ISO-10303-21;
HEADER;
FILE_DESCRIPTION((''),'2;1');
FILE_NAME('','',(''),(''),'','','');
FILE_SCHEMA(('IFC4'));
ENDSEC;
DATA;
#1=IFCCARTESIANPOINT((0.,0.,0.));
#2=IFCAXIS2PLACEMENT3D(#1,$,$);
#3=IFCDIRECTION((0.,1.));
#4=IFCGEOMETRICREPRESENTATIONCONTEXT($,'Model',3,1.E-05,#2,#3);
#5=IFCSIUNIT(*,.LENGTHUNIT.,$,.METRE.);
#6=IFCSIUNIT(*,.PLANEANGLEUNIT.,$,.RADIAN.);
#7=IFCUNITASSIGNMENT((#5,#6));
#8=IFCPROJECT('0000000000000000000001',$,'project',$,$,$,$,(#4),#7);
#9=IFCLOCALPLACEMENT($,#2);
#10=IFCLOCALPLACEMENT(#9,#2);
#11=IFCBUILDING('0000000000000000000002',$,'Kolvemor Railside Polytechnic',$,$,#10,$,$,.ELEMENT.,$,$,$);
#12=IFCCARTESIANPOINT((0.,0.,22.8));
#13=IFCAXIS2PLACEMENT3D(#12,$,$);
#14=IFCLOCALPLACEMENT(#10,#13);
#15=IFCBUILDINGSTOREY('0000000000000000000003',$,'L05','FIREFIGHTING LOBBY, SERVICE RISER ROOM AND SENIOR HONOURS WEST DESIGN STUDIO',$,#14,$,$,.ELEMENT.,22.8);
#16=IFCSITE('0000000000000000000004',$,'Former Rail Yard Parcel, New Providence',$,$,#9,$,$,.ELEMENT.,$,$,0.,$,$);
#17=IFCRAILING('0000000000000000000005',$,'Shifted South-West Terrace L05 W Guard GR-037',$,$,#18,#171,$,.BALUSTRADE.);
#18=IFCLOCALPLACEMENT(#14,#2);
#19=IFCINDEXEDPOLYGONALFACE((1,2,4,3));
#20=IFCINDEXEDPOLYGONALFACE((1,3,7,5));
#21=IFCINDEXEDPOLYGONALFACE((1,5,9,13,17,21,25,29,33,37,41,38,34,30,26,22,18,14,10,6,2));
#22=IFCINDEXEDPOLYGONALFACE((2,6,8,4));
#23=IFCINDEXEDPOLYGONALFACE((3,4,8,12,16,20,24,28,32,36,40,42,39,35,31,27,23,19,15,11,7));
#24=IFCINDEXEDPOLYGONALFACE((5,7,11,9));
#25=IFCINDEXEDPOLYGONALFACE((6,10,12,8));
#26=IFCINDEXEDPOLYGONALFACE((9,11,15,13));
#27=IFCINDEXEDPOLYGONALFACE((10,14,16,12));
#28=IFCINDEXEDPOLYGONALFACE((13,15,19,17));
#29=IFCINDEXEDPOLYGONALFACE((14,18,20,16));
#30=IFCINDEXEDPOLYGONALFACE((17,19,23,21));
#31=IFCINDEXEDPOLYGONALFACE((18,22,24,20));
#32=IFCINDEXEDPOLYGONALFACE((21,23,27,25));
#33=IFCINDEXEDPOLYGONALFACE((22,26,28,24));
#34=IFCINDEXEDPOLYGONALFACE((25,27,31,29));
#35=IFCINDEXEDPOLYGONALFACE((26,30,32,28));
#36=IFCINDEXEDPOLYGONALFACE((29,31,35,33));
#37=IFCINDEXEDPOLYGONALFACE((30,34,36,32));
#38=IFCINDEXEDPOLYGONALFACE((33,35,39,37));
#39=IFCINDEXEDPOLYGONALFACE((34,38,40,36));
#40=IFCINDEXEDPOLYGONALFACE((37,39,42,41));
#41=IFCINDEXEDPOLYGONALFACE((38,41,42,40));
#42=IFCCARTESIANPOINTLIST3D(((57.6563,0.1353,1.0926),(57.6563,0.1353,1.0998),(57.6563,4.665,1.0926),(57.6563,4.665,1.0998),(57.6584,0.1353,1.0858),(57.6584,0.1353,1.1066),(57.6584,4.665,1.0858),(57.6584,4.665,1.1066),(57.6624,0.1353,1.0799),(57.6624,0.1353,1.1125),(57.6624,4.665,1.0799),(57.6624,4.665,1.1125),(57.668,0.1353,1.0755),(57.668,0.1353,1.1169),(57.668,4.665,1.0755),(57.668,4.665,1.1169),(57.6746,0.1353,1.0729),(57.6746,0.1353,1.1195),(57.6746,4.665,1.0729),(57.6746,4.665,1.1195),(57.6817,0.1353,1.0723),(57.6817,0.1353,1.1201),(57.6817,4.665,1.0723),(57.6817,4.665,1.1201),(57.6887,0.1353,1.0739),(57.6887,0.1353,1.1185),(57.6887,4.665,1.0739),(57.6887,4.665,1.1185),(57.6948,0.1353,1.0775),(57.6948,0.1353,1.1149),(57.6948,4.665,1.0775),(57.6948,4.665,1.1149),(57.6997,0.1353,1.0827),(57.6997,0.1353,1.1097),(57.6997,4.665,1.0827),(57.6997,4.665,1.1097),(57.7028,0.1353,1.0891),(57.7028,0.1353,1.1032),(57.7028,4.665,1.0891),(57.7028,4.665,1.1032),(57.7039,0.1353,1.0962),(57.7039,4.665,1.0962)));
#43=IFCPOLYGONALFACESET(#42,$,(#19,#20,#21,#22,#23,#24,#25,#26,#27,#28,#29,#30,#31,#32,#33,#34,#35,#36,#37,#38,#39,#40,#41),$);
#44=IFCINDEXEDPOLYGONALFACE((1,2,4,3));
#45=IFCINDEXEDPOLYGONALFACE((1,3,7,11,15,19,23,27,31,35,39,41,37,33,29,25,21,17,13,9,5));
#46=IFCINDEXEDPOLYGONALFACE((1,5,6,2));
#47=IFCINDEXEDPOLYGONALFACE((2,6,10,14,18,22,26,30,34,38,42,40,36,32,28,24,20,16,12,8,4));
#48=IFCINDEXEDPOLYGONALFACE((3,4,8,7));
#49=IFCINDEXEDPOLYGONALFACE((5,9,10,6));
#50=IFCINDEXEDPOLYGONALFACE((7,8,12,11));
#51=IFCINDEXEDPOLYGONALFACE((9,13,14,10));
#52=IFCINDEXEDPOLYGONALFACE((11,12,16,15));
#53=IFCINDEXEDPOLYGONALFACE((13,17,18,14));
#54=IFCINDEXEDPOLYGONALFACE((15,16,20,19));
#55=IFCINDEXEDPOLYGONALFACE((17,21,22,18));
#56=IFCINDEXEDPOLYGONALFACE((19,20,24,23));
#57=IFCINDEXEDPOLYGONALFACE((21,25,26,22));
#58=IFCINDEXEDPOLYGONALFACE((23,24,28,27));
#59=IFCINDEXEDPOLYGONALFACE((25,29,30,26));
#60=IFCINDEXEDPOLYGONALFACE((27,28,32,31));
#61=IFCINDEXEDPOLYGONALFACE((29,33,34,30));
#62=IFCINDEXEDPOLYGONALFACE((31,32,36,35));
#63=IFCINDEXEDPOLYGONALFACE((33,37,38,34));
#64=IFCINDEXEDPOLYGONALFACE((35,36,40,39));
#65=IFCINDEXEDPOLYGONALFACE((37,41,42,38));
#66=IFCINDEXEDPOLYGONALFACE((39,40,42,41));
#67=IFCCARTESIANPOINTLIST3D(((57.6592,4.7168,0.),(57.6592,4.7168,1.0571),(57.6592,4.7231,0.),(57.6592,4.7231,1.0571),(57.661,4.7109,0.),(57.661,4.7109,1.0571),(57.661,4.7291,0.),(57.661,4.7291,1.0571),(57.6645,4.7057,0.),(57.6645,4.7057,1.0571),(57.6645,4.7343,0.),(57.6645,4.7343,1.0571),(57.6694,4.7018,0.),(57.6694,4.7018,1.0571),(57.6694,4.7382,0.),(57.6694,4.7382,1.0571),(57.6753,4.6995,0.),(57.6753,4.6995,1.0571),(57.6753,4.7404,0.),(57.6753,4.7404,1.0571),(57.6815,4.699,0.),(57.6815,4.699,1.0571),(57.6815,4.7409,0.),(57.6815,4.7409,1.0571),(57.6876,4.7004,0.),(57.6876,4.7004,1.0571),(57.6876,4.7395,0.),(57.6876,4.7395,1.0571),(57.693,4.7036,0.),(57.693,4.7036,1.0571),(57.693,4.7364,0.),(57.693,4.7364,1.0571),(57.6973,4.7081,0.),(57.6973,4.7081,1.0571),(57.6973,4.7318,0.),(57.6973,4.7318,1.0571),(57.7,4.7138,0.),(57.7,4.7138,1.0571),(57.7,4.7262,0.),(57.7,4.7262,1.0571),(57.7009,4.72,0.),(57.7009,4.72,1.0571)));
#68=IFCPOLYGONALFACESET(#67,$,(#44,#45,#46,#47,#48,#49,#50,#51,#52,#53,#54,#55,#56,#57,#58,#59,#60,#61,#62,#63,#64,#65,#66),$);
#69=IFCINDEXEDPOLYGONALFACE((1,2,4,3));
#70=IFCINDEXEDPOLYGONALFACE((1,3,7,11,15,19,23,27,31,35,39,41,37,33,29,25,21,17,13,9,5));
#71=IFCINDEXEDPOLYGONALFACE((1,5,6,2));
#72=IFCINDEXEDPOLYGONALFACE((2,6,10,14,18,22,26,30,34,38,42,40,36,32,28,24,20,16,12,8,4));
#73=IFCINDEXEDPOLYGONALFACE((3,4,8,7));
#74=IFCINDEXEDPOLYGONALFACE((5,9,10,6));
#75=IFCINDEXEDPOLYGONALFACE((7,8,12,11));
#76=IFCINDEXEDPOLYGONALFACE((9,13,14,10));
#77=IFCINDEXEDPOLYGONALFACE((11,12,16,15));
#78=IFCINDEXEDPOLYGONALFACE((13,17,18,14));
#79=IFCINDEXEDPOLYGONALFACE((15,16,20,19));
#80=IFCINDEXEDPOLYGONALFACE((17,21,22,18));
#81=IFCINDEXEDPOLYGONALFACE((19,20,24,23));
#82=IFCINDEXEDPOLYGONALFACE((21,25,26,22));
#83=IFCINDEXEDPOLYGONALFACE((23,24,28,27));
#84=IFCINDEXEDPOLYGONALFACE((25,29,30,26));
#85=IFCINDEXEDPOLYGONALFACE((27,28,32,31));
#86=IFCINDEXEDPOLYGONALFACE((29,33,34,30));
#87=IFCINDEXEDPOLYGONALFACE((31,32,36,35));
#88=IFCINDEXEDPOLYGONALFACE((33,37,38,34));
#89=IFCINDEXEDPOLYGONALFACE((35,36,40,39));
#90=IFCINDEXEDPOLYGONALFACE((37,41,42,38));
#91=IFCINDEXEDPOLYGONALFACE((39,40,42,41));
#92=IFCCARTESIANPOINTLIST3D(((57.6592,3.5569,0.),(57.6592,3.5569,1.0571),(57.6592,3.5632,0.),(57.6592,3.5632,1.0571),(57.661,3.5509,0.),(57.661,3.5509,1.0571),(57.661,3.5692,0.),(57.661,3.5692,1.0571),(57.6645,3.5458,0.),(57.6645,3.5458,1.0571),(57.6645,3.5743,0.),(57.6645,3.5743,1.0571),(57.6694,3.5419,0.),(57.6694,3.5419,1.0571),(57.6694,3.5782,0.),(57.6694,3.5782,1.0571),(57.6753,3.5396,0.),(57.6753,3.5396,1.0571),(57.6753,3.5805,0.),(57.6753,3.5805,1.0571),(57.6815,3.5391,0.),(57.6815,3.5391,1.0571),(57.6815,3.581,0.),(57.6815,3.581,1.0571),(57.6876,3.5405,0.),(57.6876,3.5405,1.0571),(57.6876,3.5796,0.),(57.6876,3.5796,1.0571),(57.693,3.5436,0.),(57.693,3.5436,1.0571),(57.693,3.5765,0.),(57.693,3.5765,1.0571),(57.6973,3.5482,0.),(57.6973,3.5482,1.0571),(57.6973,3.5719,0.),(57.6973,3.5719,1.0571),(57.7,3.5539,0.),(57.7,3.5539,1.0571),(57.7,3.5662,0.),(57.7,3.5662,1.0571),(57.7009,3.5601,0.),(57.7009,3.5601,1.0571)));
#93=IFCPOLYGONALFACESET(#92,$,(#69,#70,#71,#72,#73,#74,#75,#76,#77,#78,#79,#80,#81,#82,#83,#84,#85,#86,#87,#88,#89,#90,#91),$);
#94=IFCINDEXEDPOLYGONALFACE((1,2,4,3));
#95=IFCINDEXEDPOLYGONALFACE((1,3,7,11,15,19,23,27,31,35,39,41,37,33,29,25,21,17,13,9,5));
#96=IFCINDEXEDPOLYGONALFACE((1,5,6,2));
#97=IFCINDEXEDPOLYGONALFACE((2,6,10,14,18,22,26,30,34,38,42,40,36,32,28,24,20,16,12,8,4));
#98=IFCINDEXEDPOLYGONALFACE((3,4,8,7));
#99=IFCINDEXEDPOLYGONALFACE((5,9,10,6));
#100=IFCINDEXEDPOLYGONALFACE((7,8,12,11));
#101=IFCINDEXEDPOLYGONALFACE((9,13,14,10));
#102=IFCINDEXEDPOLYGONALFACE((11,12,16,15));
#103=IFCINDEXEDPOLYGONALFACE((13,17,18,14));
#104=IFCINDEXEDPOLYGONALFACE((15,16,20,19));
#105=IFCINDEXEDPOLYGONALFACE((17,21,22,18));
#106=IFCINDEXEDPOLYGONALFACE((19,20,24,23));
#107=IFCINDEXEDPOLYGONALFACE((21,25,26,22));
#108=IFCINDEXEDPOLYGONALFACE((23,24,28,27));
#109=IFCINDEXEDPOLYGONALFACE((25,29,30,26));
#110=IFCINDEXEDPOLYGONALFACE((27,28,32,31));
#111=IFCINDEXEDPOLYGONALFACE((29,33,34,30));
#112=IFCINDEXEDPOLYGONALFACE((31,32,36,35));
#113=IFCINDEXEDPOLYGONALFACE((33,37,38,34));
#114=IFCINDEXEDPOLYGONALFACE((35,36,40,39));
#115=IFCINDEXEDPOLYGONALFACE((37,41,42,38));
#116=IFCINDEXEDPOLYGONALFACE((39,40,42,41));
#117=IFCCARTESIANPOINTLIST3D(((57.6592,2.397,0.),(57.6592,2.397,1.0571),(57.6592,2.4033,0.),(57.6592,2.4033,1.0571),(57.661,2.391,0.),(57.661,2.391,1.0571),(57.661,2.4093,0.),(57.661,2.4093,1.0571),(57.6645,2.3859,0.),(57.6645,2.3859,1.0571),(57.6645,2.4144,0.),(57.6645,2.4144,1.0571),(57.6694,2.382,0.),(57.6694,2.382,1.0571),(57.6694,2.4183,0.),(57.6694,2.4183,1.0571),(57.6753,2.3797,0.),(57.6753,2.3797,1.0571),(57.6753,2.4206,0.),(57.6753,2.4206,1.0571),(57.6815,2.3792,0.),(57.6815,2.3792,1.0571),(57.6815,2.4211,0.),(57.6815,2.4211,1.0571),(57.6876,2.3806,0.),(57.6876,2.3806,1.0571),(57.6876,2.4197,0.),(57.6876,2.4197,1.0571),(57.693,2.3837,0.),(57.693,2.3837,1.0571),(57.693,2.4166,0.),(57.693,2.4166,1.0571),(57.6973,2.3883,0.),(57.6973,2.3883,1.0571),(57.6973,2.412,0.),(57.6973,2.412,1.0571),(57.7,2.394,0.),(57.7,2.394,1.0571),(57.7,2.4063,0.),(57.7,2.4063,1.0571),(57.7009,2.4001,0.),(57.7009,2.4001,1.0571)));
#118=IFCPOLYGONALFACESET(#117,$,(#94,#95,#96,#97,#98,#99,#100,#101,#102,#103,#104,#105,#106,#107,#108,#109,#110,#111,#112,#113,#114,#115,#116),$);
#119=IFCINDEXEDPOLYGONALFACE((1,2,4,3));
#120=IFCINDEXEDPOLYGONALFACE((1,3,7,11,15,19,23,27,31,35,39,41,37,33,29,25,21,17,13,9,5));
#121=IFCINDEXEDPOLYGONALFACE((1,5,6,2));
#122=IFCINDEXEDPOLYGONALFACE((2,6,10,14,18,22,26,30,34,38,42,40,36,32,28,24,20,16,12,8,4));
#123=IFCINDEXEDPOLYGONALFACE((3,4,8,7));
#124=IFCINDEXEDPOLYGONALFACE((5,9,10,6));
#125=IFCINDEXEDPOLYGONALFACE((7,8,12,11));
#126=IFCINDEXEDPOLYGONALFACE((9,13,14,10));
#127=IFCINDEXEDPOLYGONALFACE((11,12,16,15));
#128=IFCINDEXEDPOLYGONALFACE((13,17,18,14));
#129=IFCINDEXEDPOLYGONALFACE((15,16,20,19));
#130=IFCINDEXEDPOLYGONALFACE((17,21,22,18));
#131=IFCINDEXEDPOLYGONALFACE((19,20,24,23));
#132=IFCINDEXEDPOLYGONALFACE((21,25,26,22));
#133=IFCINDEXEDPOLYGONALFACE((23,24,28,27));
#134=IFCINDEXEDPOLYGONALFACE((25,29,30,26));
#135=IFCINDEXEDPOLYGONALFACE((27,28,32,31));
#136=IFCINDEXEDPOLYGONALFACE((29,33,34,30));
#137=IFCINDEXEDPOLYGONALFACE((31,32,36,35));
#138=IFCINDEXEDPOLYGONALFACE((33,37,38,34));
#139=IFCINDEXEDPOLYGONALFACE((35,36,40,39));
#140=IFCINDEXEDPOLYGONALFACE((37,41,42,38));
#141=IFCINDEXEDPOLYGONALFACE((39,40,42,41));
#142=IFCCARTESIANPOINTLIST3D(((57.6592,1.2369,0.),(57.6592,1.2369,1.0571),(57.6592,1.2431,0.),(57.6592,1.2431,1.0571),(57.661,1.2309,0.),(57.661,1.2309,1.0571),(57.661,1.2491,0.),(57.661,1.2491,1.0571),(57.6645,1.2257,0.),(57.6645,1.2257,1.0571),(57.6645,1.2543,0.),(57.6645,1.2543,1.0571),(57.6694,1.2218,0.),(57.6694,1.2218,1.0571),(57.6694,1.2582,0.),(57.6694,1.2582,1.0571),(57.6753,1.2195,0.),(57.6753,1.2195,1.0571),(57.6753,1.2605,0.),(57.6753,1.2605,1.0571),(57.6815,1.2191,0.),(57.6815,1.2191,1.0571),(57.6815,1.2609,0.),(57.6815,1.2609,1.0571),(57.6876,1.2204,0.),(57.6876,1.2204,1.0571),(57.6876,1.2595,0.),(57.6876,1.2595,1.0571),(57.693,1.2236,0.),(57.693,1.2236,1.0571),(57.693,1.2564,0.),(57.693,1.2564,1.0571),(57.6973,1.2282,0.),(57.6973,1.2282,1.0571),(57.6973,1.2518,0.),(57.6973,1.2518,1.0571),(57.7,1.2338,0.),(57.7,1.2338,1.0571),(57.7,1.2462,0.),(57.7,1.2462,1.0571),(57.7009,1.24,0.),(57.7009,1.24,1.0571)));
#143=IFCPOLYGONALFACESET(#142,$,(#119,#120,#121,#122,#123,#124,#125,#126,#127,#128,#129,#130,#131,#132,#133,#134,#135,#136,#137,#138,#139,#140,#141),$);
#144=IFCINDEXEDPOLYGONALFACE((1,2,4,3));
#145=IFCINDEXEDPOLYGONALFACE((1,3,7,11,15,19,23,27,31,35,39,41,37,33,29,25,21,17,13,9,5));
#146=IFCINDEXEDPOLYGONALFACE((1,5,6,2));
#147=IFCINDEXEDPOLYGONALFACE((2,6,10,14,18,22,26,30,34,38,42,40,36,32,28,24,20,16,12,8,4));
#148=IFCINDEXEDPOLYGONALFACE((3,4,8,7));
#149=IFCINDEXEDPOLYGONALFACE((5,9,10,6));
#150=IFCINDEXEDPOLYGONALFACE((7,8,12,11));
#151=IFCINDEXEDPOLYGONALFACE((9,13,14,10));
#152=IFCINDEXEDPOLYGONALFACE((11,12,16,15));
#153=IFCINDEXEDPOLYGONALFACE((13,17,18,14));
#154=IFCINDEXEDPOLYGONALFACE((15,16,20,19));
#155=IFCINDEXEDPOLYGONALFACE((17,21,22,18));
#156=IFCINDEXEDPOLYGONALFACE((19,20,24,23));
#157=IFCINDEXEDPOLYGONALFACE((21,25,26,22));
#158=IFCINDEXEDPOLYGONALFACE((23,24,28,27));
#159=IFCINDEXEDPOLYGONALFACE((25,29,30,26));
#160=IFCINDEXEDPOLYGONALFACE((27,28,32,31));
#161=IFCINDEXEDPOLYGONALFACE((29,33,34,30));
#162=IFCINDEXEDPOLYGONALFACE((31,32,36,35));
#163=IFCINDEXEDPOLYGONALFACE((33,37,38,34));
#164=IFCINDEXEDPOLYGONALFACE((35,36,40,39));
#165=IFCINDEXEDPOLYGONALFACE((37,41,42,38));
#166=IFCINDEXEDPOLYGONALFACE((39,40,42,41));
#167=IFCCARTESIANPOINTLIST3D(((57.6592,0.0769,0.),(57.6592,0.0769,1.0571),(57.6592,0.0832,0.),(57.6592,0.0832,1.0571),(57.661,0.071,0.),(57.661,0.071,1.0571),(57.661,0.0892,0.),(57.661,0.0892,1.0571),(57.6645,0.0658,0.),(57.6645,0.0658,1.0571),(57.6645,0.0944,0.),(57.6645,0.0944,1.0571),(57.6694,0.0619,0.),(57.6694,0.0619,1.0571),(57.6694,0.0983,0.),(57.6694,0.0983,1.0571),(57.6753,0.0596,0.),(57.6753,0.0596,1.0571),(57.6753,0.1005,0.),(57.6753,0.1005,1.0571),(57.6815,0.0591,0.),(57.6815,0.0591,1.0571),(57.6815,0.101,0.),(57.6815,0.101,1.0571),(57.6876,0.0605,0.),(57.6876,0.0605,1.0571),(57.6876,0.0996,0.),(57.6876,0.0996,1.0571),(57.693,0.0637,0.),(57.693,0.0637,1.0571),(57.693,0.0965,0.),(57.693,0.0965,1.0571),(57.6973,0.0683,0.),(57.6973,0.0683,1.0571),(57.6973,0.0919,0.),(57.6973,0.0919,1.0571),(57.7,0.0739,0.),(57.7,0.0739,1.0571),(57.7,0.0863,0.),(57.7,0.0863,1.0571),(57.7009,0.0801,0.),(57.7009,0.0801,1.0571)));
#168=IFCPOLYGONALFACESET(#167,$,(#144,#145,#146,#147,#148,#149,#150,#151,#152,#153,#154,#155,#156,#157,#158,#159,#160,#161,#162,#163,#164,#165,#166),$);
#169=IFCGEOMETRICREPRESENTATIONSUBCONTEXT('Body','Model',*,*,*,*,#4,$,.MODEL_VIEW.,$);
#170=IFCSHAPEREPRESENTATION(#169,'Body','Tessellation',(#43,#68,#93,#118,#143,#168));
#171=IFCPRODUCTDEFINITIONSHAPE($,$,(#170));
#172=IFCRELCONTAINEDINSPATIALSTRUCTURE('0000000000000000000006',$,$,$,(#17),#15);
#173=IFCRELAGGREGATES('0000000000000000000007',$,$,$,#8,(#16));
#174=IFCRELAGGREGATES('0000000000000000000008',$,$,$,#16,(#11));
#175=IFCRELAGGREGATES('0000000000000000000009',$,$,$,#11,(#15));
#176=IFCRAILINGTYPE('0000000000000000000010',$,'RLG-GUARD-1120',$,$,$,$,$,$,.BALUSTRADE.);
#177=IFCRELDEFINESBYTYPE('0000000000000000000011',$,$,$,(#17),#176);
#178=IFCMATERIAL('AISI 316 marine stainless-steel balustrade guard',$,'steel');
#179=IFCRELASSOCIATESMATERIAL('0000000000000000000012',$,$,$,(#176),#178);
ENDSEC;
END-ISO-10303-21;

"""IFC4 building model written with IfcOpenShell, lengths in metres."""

from ifc_helpers import new_model, si_unit, direction, frame, origin, origin_2d, place, context, subcontext, project, spatial, circle, extrude, material, type_object, element, save


model = new_model("IFC4")

# Units and contexts
model_context = context("Model", 3, precision=1e-05, world=origin(), true_north=direction((0.0, 1.0)))
body_context = subcontext(model_context, "Body", "Model", "MODEL_VIEW")
ifc_project = project(units=[si_unit("LENGTHUNIT", "METRE"), si_unit("PLANEANGLEUNIT", "RADIAN")], contexts=[model_context])

# Site, building, storey
site_placement = place(None, origin())
site = spatial("IfcSite", under=ifc_project, at=site_placement, Name="Former Rail Yard Parcel, New Providence", CompositionType="ELEMENT", RefElevation=0.0)
building_placement = place(site_placement, origin())
building = spatial("IfcBuilding", under=site, at=building_placement, Name="Kolvemor Railside Polytechnic", CompositionType="ELEMENT")
storey_placement = place(building_placement, frame((0.0, 0.0, 22.8)))
storey = spatial("IfcBuildingStorey", under=building, at=storey_placement, Name="L05", Description="FIREFIGHTING LOBBY, SERVICE RISER ROOM AND SENIOR HONOURS WEST DESIGN STUDIO", CompositionType="ELEMENT", Elevation=22.8)

# Railing
ifc_material_1 = material(Name="AISI 316 marine stainless-steel balustrade guard", Category="steel")
railing_type = type_object("IfcRailingType", Name="RLG-GUARD-1120", PredefinedType="BALUSTRADE", material=ifc_material_1)
railing_1_placement = place(storey_placement, frame((57.6799, 4.72, 0.0)))
element("IfcRailing", 1, at=railing_1_placement, inside=storey, type_object=railing_type, Name="Shifted South-West Terrace L05 W Guard GR-037", PredefinedType="BALUSTRADE", context=body_context, shape_type="SweptSolid", body=[
    extrude(circle(Radius=0.0239, at=origin_2d()), frame((0.0, -0.0549, 1.0962), z_axis=(0.0, -1.0, 0.0), x_axis=(1.0, 0.0, 0.0)), (0.0, 0.0, 1.0), 4.5298),
    extrude(circle(Radius=0.021, at=origin_2d()), origin(), (0.0, 0.0, 1.0), 1.0571),
    extrude(circle(Radius=0.021, at=origin_2d()), frame((0.0, -1.1599, 0.0)), (0.0, 0.0, 1.0), 1.0571),
    extrude(circle(Radius=0.021, at=origin_2d()), frame((0.0, -2.3198, 0.0)), (0.0, 0.0, 1.0), 1.0571),
    extrude(circle(Radius=0.021, at=origin_2d()), frame((0.0, -3.48, 0.0)), (0.0, 0.0, 1.0), 1.0571),
    extrude(circle(Radius=0.021, at=origin_2d()), frame((0.0, -4.6399, 0.0)), (0.0, 0.0, 1.0), 1.0571),
])

save(model, "model.ifc")
